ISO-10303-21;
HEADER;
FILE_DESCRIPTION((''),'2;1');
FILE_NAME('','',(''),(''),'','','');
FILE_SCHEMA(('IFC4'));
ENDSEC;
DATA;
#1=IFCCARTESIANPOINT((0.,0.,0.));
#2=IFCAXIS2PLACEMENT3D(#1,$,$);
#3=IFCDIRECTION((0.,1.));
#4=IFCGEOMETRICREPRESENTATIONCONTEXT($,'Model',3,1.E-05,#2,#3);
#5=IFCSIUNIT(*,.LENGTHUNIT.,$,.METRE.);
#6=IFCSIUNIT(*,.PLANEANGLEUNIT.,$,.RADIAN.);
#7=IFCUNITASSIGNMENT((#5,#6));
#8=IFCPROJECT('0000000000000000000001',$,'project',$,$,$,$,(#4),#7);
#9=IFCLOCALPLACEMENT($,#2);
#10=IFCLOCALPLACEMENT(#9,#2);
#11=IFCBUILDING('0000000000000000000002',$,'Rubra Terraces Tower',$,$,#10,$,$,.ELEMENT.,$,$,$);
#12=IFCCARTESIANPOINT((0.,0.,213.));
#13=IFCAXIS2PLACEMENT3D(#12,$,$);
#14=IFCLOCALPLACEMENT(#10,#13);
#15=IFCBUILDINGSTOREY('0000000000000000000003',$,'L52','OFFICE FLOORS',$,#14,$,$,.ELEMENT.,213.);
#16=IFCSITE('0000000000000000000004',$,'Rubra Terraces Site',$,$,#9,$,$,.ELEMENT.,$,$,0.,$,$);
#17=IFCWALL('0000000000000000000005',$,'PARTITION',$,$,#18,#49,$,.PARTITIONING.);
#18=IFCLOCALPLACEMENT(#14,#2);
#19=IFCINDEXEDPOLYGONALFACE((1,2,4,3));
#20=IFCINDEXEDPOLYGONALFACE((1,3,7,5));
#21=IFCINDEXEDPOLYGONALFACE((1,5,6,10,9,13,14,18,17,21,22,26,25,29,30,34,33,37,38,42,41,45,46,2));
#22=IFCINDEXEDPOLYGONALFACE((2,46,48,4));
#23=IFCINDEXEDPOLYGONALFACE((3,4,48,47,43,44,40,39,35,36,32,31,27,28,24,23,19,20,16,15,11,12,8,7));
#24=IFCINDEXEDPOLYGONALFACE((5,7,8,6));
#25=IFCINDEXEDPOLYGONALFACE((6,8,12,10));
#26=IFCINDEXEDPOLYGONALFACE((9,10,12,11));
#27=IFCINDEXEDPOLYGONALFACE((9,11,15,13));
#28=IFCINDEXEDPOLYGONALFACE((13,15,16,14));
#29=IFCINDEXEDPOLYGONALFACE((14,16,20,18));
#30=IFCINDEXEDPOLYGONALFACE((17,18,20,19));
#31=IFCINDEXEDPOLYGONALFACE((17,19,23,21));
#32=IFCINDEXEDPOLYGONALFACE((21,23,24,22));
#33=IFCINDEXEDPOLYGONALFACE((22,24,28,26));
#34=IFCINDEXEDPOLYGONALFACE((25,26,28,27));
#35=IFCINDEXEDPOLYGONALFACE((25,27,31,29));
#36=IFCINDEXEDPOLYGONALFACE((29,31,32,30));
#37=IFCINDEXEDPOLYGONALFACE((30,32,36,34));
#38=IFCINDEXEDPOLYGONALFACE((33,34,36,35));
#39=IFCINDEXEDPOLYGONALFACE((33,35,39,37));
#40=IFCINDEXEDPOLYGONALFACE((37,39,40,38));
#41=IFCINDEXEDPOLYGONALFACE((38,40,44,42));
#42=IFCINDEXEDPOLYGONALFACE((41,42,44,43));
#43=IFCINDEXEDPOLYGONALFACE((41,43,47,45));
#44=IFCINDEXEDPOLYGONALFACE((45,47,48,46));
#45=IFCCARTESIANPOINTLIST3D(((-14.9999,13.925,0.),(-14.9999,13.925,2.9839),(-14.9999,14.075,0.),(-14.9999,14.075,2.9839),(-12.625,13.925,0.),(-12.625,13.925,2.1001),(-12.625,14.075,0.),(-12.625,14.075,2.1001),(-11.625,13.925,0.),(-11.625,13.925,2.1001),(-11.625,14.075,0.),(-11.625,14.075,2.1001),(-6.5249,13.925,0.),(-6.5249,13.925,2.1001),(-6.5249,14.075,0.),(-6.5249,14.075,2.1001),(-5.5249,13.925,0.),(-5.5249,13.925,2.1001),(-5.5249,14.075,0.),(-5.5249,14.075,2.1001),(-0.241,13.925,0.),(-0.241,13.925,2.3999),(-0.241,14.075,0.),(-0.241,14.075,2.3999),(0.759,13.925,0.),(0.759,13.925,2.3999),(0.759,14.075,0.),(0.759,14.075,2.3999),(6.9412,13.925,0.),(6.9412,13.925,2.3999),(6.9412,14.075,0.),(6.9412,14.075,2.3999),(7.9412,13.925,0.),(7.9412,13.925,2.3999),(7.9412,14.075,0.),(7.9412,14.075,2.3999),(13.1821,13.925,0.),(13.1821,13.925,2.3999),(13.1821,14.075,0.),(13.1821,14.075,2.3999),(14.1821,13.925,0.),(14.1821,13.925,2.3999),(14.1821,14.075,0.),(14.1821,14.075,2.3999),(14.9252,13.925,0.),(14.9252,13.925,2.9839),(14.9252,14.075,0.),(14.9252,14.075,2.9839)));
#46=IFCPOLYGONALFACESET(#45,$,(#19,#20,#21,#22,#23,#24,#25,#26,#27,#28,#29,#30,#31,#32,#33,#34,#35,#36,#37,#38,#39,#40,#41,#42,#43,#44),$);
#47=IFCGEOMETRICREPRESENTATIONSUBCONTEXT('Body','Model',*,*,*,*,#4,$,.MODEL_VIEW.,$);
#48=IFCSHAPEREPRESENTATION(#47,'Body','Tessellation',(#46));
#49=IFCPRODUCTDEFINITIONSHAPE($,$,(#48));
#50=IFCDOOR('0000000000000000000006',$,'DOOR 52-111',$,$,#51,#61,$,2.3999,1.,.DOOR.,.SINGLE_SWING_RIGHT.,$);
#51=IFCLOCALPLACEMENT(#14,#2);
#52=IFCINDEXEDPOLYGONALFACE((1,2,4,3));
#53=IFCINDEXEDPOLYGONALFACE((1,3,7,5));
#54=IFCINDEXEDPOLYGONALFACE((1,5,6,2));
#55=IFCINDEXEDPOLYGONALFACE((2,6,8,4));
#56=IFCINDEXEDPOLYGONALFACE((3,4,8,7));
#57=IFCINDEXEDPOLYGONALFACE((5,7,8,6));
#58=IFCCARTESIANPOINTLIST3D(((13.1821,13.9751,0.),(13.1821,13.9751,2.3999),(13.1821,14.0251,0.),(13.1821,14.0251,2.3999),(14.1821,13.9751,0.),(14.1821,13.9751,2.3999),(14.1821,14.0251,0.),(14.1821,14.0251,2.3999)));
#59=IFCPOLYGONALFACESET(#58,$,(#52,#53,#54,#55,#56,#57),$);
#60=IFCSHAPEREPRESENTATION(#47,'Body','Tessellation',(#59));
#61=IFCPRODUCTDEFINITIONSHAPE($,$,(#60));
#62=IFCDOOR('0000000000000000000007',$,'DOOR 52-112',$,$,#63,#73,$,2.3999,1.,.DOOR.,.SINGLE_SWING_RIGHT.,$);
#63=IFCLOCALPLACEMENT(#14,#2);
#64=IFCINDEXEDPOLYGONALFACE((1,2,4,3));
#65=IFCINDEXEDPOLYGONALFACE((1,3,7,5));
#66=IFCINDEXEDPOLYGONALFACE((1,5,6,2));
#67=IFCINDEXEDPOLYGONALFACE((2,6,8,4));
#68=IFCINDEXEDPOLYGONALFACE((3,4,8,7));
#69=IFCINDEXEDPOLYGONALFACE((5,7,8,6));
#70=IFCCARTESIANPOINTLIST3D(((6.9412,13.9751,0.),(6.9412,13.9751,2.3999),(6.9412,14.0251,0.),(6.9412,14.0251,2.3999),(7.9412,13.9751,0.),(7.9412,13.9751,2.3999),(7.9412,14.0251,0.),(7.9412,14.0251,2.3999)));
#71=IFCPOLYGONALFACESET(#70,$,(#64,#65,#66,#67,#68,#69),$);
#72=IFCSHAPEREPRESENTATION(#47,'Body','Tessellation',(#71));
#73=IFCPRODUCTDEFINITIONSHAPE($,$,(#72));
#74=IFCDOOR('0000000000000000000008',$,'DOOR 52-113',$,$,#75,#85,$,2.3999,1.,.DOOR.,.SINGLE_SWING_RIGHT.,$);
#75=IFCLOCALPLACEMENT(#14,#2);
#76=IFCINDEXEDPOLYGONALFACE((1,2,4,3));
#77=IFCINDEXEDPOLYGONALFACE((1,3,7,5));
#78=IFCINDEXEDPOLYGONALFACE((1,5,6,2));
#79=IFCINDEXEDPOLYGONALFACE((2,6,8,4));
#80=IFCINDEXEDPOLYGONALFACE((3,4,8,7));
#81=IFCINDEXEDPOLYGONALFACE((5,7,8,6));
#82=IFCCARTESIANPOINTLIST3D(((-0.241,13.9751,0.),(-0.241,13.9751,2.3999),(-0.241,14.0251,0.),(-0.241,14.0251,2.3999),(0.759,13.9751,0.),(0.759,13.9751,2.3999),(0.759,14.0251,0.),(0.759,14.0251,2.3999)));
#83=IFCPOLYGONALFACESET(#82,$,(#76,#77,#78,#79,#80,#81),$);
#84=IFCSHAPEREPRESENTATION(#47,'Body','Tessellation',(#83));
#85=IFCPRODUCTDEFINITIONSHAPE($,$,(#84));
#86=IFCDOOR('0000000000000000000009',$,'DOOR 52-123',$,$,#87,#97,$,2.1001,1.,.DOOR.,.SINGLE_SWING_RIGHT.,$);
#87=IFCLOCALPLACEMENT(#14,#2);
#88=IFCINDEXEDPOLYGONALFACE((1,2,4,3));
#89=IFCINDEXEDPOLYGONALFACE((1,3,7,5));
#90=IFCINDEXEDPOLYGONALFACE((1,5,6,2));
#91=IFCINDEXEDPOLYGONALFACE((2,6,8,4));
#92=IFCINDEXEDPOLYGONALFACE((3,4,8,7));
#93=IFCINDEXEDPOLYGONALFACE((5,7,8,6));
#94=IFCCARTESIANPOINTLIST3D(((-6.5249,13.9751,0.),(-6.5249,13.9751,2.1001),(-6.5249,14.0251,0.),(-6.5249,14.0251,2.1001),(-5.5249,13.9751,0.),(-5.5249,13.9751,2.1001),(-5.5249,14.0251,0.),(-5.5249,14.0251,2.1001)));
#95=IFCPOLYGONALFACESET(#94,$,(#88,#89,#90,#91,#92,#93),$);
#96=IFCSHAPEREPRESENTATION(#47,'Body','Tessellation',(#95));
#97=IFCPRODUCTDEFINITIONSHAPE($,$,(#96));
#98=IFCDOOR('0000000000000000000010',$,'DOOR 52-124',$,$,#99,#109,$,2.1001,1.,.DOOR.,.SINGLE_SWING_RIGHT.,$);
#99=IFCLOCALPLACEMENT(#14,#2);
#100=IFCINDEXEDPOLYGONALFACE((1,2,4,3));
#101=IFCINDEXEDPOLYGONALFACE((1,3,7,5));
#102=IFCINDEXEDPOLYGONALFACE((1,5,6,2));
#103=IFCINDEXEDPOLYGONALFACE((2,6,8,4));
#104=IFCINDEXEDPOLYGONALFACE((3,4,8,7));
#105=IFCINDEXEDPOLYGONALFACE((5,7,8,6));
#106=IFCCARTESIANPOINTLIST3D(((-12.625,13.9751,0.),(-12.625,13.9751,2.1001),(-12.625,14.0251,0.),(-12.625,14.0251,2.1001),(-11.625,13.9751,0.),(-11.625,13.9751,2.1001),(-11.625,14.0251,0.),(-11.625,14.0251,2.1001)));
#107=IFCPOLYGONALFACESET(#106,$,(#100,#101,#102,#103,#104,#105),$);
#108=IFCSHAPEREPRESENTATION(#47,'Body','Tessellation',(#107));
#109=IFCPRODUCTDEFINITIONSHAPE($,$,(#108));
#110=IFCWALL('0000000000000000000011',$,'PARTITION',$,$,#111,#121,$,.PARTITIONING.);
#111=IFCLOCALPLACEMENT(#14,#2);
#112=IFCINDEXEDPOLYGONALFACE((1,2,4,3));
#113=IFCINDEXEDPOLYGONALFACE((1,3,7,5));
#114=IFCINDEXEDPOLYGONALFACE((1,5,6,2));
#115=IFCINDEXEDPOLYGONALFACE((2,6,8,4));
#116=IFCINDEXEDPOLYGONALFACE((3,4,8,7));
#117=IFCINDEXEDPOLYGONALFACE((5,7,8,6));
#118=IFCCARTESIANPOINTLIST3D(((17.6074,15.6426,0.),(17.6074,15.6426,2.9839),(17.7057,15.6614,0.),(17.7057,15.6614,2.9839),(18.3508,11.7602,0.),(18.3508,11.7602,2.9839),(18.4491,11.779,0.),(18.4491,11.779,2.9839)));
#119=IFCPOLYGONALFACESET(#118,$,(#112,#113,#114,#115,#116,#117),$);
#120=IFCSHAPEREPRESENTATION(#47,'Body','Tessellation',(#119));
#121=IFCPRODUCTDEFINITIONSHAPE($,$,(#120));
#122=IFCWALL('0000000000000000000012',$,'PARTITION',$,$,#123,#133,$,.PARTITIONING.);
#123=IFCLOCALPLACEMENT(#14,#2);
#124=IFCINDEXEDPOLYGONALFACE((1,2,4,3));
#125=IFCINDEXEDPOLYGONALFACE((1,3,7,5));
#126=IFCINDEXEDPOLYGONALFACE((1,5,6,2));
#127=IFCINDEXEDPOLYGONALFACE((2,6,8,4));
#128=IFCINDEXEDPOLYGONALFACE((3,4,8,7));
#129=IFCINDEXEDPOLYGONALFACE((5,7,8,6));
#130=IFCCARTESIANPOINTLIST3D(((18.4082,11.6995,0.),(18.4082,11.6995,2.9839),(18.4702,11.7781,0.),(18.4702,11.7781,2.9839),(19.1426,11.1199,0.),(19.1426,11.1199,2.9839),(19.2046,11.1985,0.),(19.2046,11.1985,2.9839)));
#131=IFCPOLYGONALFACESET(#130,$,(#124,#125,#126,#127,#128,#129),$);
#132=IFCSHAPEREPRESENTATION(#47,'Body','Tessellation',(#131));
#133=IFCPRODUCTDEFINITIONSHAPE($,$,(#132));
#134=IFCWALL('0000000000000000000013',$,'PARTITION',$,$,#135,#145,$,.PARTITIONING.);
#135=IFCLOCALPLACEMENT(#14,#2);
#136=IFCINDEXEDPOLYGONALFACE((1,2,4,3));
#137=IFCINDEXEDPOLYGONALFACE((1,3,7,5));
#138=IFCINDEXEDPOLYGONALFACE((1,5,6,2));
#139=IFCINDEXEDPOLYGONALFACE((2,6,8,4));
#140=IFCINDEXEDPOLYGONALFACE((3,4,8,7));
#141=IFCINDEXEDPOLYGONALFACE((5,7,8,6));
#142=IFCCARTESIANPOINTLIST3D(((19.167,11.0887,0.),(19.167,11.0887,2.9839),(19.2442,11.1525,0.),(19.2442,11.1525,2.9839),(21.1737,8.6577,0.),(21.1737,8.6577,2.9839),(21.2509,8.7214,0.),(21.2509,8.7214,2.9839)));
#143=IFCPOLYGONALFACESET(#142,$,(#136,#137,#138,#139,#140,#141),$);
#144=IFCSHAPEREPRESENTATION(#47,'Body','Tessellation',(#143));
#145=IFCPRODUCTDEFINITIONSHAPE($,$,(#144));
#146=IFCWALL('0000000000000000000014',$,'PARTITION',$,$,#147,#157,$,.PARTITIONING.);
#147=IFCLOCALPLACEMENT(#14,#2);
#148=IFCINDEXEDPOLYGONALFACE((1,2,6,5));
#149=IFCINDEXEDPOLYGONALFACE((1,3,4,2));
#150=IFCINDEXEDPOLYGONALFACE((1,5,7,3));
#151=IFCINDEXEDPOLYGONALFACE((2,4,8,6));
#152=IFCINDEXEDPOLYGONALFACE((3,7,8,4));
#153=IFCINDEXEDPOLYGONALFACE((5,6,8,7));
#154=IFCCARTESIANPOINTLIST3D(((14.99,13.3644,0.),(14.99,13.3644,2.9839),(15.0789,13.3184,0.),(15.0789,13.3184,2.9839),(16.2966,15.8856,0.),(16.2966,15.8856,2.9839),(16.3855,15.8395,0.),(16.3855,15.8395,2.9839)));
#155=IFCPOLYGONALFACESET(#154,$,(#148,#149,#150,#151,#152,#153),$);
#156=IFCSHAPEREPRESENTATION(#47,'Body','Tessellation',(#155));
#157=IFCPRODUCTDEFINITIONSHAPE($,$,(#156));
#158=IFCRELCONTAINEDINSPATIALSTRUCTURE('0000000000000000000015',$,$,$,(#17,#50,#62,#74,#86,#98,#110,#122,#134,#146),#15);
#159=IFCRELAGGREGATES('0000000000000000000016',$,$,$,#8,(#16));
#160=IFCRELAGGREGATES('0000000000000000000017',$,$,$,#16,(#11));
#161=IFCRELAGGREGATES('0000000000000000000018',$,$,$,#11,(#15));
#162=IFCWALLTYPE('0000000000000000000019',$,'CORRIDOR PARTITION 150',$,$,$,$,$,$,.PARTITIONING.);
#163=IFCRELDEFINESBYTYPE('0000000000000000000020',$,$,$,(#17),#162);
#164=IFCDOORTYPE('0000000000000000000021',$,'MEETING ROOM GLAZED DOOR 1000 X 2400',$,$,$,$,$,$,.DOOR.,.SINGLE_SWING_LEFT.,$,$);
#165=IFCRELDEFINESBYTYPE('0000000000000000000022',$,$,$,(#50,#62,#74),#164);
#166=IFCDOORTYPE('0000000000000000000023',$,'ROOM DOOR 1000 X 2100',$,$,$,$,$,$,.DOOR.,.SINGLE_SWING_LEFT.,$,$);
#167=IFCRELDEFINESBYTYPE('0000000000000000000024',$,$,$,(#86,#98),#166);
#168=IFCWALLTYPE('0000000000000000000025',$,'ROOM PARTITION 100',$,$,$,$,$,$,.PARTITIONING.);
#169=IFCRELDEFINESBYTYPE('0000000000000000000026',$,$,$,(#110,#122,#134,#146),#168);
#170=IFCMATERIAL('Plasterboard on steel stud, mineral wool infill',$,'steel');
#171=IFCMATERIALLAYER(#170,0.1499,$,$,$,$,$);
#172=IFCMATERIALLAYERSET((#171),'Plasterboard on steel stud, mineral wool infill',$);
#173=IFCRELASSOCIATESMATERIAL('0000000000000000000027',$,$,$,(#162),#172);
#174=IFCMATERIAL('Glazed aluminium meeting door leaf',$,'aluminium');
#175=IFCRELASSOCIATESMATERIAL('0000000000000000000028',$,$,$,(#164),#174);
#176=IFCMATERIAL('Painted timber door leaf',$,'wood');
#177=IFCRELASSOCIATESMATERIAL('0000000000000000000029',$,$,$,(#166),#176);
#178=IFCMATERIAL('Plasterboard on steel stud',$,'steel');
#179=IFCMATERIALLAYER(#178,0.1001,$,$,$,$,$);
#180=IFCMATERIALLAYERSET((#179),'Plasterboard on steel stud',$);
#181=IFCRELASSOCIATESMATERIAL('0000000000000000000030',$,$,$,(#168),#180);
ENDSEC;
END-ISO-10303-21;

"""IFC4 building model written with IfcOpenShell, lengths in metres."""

from ifc_helpers import new_model, si_unit, direction, frame, frame_2d, origin, place, context, subcontext, project, spatial, rectangle, extrude, material, layer, layer_set, type_object, element, fill, save


model = new_model("IFC4")

# Units and contexts
model_context = context("Model", 3, precision=1e-05, world=origin(), true_north=direction((0.0, 1.0)))
body_context = subcontext(model_context, "Body", "Model", "MODEL_VIEW")
ifc_project = project(units=[si_unit("LENGTHUNIT", "METRE"), si_unit("PLANEANGLEUNIT", "RADIAN")], contexts=[model_context])

# Site, building, storey
site_placement = place(None, origin())
site = spatial("IfcSite", under=ifc_project, at=site_placement, Name="Rubra Terraces Site", CompositionType="ELEMENT", RefElevation=0.0)
building_placement = place(site_placement, origin())
building = spatial("IfcBuilding", under=site, at=building_placement, Name="Rubra Terraces Tower", CompositionType="ELEMENT")
storey_placement = place(building_placement, frame((0.0, 0.0, 213.0)))
storey = spatial("IfcBuildingStorey", under=building, at=storey_placement, Name="L52", Description="OFFICE FLOORS", CompositionType="ELEMENT", Elevation=213.0)

# Shared definitions
ifc_material_1 = material(Name="Plasterboard on steel stud, mineral wool infill", Category="steel")
ifc_layer_1 = layer(ifc_material_1, 0.1499)
ifc_layer_set_1 = layer_set([ifc_layer_1], Name="Plasterboard on steel stud, mineral wool infill")
wall_type_1 = type_object("IfcWallType", Name="CORRIDOR PARTITION 150", PredefinedType="PARTITIONING", material=ifc_layer_set_1)

# Wall, openings, doors
wall_1_placement = place(storey_placement, frame((14.925, 14.0, 0.0), z_axis=(0.0, 0.0, 1.0), x_axis=(-1.0, 0.0, 0.0)))
wall_1 = element("IfcWall", 1, at=wall_1_placement, inside=storey, type_object=wall_type_1, Name="PARTITION", PredefinedType="PARTITIONING", context=body_context, shape_type="SweptSolid", body=[
    extrude(rectangle(XDim=29.925, YDim=0.1499, at=frame_2d((14.9624, 0.0))), origin(), (0.0, 0.0, 1.0), 2.9839),
])
opening_1_placement = place(wall_1_placement, frame((0.7429, 0.0, 0.0)))
opening_1 = element("IfcOpeningElement", 2, at=opening_1_placement, cuts=wall_1, PredefinedType="OPENING", context=body_context, shape_type="SweptSolid", body=[
    extrude(rectangle(XDim=1.0, YDim=2.3999, at=frame_2d((0.5, 1.2))), frame((0.0, 0.085, 0.0), z_axis=(0.0, -1.0, 0.0), x_axis=(1.0, 0.0, 0.0)), (0.0, 0.0, 1.0), 0.1699),
])
opening_2_placement = place(wall_1_placement, frame((6.9839, 0.0, 0.0)))
opening_2 = element("IfcOpeningElement", 3, at=opening_2_placement, cuts=wall_1, PredefinedType="OPENING", context=body_context, shape_type="SweptSolid", body=[
    extrude(rectangle(XDim=1.0, YDim=2.3999, at=frame_2d((0.5, 1.2))), frame((0.0, 0.085, 0.0), z_axis=(0.0, -1.0, 0.0), x_axis=(1.0, 0.0, 0.0)), (0.0, 0.0, 1.0), 0.1699),
])
opening_3_placement = place(wall_1_placement, frame((14.166, 0.0, 0.0)))
opening_3 = element("IfcOpeningElement", 4, at=opening_3_placement, cuts=wall_1, PredefinedType="OPENING", context=body_context, shape_type="SweptSolid", body=[
    extrude(rectangle(XDim=1.0, YDim=2.3999, at=frame_2d((0.5, 1.2))), frame((0.0, 0.085, 0.0), z_axis=(0.0, -1.0, 0.0), x_axis=(1.0, 0.0, 0.0)), (0.0, 0.0, 1.0), 0.1699),
])
opening_4_placement = place(wall_1_placement, frame((20.45, 0.0, 0.0)))
opening_4 = element("IfcOpeningElement", 5, at=opening_4_placement, cuts=wall_1, PredefinedType="OPENING", context=body_context, shape_type="SweptSolid", body=[
    extrude(rectangle(XDim=1.0, YDim=2.1001, at=frame_2d((0.5, 1.05))), frame((0.0, 0.085, 0.0), z_axis=(0.0, -1.0, 0.0), x_axis=(1.0, 0.0, 0.0)), (0.0, 0.0, 1.0), 0.1699),
])
opening_5_placement = place(wall_1_placement, frame((26.55, 0.0, 0.0)))
opening_5 = element("IfcOpeningElement", 6, at=opening_5_placement, cuts=wall_1, PredefinedType="OPENING", context=body_context, shape_type="SweptSolid", body=[
    extrude(rectangle(XDim=1.0, YDim=2.1001, at=frame_2d((0.5, 1.05))), frame((0.0, 0.085, 0.0), z_axis=(0.0, -1.0, 0.0), x_axis=(1.0, 0.0, 0.0)), (0.0, 0.0, 1.0), 0.1699),
])
ifc_material_2 = material(Name="Glazed aluminium meeting door leaf", Category="aluminium")
door_type_1 = type_object("IfcDoorType", Name="MEETING ROOM GLAZED DOOR 1000 X 2400", OperationType="SINGLE_SWING_LEFT", PredefinedType="DOOR", material=ifc_material_2)
door_1_placement = place(opening_1_placement, origin())
door_1 = element("IfcDoor", 7, at=door_1_placement, inside=storey, type_object=door_type_1, Name="DOOR 52-111", OperationType="SINGLE_SWING_RIGHT", OverallHeight=2.3999, OverallWidth=1.0, PredefinedType="DOOR", context=body_context, shape_type="SweptSolid", body=[
    extrude(rectangle(XDim=1.0, YDim=2.3999, at=frame_2d((0.5, 1.2))), frame((0.0, 0.0249, 0.0), z_axis=(0.0, -1.0, 0.0), x_axis=(1.0, 0.0, 0.0)), (0.0, 0.0, 1.0), 0.05),
])
fill(opening_1, door_1)
door_2_placement = place(opening_2_placement, origin())
door_2 = element("IfcDoor", 8, at=door_2_placement, inside=storey, type_object=door_type_1, Name="DOOR 52-112", OperationType="SINGLE_SWING_RIGHT", OverallHeight=2.3999, OverallWidth=1.0, PredefinedType="DOOR", context=body_context, shape_type="SweptSolid", body=[
    extrude(rectangle(XDim=1.0, YDim=2.3999, at=frame_2d((0.5, 1.2))), frame((0.0, 0.0249, 0.0), z_axis=(0.0, -1.0, 0.0), x_axis=(1.0, 0.0, 0.0)), (0.0, 0.0, 1.0), 0.05),
])
fill(opening_2, door_2)
door_3_placement = place(opening_3_placement, origin())
door_3 = element("IfcDoor", 9, at=door_3_placement, inside=storey, type_object=door_type_1, Name="DOOR 52-113", OperationType="SINGLE_SWING_RIGHT", OverallHeight=2.3999, OverallWidth=1.0, PredefinedType="DOOR", context=body_context, shape_type="SweptSolid", body=[
    extrude(rectangle(XDim=1.0, YDim=2.3999, at=frame_2d((0.5, 1.2))), frame((0.0, 0.0249, 0.0), z_axis=(0.0, -1.0, 0.0), x_axis=(1.0, 0.0, 0.0)), (0.0, 0.0, 1.0), 0.05),
])
fill(opening_3, door_3)
ifc_material_3 = material(Name="Painted timber door leaf", Category="wood")
door_type_2 = type_object("IfcDoorType", Name="ROOM DOOR 1000 X 2100", OperationType="SINGLE_SWING_LEFT", PredefinedType="DOOR", material=ifc_material_3)
door_4_placement = place(opening_4_placement, origin())
door_4 = element("IfcDoor", 10, at=door_4_placement, inside=storey, type_object=door_type_2, Name="DOOR 52-123", OperationType="SINGLE_SWING_RIGHT", OverallHeight=2.1001, OverallWidth=1.0, PredefinedType="DOOR", context=body_context, shape_type="SweptSolid", body=[
    extrude(rectangle(XDim=1.0, YDim=2.1001, at=frame_2d((0.5, 1.05))), frame((0.0, 0.0249, 0.0), z_axis=(0.0, -1.0, 0.0), x_axis=(1.0, 0.0, 0.0)), (0.0, 0.0, 1.0), 0.05),
])
fill(opening_4, door_4)
door_5_placement = place(opening_5_placement, origin())
door_5 = element("IfcDoor", 11, at=door_5_placement, inside=storey, type_object=door_type_2, Name="DOOR 52-124", OperationType="SINGLE_SWING_RIGHT", OverallHeight=2.1001, OverallWidth=1.0, PredefinedType="DOOR", context=body_context, shape_type="SweptSolid", body=[
    extrude(rectangle(XDim=1.0, YDim=2.1001, at=frame_2d((0.5, 1.05))), frame((0.0, 0.0249, 0.0), z_axis=(0.0, -1.0, 0.0), x_axis=(1.0, 0.0, 0.0)), (0.0, 0.0, 1.0), 0.05),
])
fill(opening_5, door_5)

# Walls
ifc_material_4 = material(Name="Plasterboard on steel stud", Category="steel")
ifc_layer_2 = layer(ifc_material_4, 0.1001)
ifc_layer_set_2 = layer_set([ifc_layer_2], Name="Plasterboard on steel stud")
wall_type_2 = type_object("IfcWallType", Name="ROOM PARTITION 100", PredefinedType="PARTITIONING", material=ifc_layer_set_2)
wall_2_placement = place(storey_placement, frame((17.6565, 15.6521, 0.0), z_axis=(0.0, 0.0, 1.0), x_axis=(0.188068, -0.982156, 0.0)))
element("IfcWall", 12, at=wall_2_placement, inside=storey, type_object=wall_type_2, Name="PARTITION", PredefinedType="PARTITIONING", context=body_context, shape_type="SweptSolid", body=[
    extrude(rectangle(XDim=3.9529, YDim=0.1001, at=frame_2d((1.9766, 0.0))), origin(), (0.0, 0.0, 1.0), 2.9839),
])
wall_3_placement = place(storey_placement, frame((18.4392, 11.7388, 0.0), z_axis=(0.0, 0.0, 1.0), x_axis=(0.784976, -0.619526, 0.0)))
element("IfcWall", 13, at=wall_3_placement, inside=storey, type_object=wall_type_2, Name="PARTITION", PredefinedType="PARTITIONING", context=body_context, shape_type="SweptSolid", body=[
    extrude(rectangle(XDim=0.9355, YDim=0.1001, at=frame_2d((0.4678, 0.0))), origin(), (0.0, 0.0, 1.0), 2.9839),
])
wall_4_placement = place(storey_placement, frame((19.2056, 11.1206, 0.0), z_axis=(0.0, 0.0, 1.0), x_axis=(0.636597, -0.771196, 0.0)))
element("IfcWall", 14, at=wall_4_placement, inside=storey, type_object=wall_type_2, Name="PARTITION", PredefinedType="PARTITIONING", context=body_context, shape_type="SweptSolid", body=[
    extrude(rectangle(XDim=3.1523, YDim=0.1001, at=frame_2d((1.5762, 0.0))), origin(), (0.0, 0.0, 1.0), 2.9839),
])
wall_5_placement = place(storey_placement, frame((15.0344, 13.3413, 0.0), z_axis=(0.0, 0.0, 1.0), x_axis=(0.460131, 0.887851, 0.0)))
element("IfcWall", 15, at=wall_5_placement, inside=storey, type_object=wall_type_2, Name="PARTITION", PredefinedType="PARTITIONING", context=body_context, shape_type="SweptSolid", body=[
    extrude(rectangle(XDim=2.8396, YDim=0.1001, at=frame_2d((1.4199, 0.0))), origin(), (0.0, 0.0, 1.0), 2.9839),
])

save(model, "model.ifc")
